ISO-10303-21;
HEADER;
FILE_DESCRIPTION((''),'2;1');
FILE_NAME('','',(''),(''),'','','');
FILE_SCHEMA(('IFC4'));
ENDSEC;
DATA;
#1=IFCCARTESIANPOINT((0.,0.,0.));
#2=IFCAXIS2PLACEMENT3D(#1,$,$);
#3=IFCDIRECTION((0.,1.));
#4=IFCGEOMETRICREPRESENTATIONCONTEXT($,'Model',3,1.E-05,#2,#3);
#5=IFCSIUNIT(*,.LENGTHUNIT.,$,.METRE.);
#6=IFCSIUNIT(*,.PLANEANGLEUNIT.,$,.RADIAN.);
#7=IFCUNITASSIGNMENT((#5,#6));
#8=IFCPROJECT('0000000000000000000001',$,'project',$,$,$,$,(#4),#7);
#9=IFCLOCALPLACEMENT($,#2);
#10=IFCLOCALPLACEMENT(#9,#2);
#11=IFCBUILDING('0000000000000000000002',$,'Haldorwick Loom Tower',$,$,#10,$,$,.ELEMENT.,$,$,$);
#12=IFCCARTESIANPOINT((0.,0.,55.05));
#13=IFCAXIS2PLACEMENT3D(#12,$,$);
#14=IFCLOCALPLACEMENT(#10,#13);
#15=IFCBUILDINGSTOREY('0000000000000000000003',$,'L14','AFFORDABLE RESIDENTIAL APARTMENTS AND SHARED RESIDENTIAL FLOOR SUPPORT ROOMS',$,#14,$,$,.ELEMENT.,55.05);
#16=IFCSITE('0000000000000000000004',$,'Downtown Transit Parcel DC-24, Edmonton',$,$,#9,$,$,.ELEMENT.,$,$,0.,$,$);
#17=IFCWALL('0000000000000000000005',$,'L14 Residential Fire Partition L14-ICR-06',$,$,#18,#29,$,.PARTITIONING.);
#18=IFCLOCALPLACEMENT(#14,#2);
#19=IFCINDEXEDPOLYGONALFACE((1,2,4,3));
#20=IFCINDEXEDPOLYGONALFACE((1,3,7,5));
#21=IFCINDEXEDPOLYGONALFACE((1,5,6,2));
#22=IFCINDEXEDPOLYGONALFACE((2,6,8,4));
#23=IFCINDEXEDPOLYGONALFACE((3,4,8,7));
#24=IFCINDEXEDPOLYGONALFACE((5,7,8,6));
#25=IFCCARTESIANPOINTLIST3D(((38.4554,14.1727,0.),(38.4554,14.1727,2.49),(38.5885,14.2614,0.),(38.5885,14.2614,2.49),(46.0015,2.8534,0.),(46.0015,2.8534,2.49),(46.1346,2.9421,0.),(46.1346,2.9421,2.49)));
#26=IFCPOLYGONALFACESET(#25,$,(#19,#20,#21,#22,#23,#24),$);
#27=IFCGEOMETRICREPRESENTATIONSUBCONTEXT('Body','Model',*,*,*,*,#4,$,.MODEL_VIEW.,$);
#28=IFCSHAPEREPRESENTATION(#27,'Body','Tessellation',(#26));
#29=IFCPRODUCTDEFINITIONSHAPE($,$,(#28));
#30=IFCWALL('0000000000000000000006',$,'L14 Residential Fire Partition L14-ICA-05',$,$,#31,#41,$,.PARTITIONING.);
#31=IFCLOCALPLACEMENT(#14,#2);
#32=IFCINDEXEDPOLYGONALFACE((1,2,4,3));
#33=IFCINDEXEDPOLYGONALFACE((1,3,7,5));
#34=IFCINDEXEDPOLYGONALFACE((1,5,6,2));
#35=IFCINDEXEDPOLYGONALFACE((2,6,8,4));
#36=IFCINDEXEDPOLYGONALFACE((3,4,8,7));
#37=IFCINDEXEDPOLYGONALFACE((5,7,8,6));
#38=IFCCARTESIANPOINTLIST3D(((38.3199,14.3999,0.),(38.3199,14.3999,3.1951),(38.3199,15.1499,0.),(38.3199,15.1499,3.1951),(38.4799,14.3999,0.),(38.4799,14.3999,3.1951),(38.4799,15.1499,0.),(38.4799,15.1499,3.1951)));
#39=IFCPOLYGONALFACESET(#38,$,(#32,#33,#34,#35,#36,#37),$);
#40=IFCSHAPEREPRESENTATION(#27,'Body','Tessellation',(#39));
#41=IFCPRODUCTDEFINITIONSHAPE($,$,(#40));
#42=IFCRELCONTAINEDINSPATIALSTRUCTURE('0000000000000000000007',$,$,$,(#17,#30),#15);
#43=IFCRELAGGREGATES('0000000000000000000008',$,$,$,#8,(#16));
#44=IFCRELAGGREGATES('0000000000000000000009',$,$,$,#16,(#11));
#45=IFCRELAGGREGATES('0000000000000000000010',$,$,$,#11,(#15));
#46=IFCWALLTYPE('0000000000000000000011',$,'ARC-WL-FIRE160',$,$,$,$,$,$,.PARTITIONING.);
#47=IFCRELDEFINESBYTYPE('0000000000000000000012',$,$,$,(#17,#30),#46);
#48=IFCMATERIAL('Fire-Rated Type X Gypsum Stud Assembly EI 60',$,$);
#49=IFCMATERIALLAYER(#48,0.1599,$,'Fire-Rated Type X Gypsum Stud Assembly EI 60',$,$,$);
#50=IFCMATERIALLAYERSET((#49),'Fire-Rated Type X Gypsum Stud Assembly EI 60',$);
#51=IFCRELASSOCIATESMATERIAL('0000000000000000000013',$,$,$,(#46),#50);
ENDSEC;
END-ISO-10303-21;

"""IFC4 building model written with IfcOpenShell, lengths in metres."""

from ifc_helpers import new_model, si_unit, direction, frame, frame_2d, origin, place, context, subcontext, project, spatial, rectangle, extrude, material, layer, layer_set, type_object, element, save


model = new_model("IFC4")

# Units and contexts
model_context = context("Model", 3, precision=1e-05, world=origin(), true_north=direction((0.0, 1.0)))
body_context = subcontext(model_context, "Body", "Model", "MODEL_VIEW")
ifc_project = project(units=[si_unit("LENGTHUNIT", "METRE"), si_unit("PLANEANGLEUNIT", "RADIAN")], contexts=[model_context])

# Site, building, storey
site_placement = place(None, origin())
site = spatial("IfcSite", under=ifc_project, at=site_placement, Name="Downtown Transit Parcel DC-24, Edmonton", CompositionType="ELEMENT", RefElevation=0.0)
building_placement = place(site_placement, origin())
building = spatial("IfcBuilding", under=site, at=building_placement, Name="Haldorwick Loom Tower", CompositionType="ELEMENT")
storey_placement = place(building_placement, frame((0.0, 0.0, 55.05)))
storey = spatial("IfcBuildingStorey", under=building, at=storey_placement, Name="L14", Description="AFFORDABLE RESIDENTIAL APARTMENTS AND SHARED RESIDENTIAL FLOOR SUPPORT ROOMS", CompositionType="ELEMENT", Elevation=55.05)

# Walls
ifc_material_1 = material(Name="Fire-Rated Type X Gypsum Stud Assembly EI 60")
ifc_layer_1 = layer(ifc_material_1, 0.1599, Name="Fire-Rated Type X Gypsum Stud Assembly EI 60")
ifc_layer_set_1 = layer_set([ifc_layer_1], Name="Fire-Rated Type X Gypsum Stud Assembly EI 60")
wall_type_1 = type_object("IfcWallType", Name="ARC-WL-FIRE160", PredefinedType="PARTITIONING", material=ifc_layer_set_1)
wall_1_placement = place(storey_placement, frame((38.522, 14.217, 0.0), z_axis=(0.0, 0.0, 1.0), x_axis=(0.554696, -0.832053, 0.0)))
element("IfcWall", 1, at=wall_1_placement, inside=storey, type_object=wall_type_1, Name="L14 Residential Fire Partition L14-ICR-06", PredefinedType="PARTITIONING", context=body_context, shape_type="SweptSolid", body=[
    extrude(rectangle(XDim=13.604, YDim=0.1599, at=frame_2d((6.802, 0.0))), origin(), (0.0, 0.0, 1.0), 2.49),
])
wall_2_placement = place(storey_placement, frame((38.3999, 15.1499, 0.0), z_axis=(0.0, 0.0, 1.0), x_axis=(0.0, -1.0, 0.0)))
element("IfcWall", 2, at=wall_2_placement, inside=storey, type_object=wall_type_1, Name="L14 Residential Fire Partition L14-ICA-05", PredefinedType="PARTITIONING", context=body_context, shape_type="SweptSolid", body=[
    extrude(rectangle(XDim=0.75, YDim=0.1599, at=frame_2d((0.375, 0.0))), origin(), (0.0, 0.0, 1.0), 3.1951),
])

save(model, "model.ifc")
